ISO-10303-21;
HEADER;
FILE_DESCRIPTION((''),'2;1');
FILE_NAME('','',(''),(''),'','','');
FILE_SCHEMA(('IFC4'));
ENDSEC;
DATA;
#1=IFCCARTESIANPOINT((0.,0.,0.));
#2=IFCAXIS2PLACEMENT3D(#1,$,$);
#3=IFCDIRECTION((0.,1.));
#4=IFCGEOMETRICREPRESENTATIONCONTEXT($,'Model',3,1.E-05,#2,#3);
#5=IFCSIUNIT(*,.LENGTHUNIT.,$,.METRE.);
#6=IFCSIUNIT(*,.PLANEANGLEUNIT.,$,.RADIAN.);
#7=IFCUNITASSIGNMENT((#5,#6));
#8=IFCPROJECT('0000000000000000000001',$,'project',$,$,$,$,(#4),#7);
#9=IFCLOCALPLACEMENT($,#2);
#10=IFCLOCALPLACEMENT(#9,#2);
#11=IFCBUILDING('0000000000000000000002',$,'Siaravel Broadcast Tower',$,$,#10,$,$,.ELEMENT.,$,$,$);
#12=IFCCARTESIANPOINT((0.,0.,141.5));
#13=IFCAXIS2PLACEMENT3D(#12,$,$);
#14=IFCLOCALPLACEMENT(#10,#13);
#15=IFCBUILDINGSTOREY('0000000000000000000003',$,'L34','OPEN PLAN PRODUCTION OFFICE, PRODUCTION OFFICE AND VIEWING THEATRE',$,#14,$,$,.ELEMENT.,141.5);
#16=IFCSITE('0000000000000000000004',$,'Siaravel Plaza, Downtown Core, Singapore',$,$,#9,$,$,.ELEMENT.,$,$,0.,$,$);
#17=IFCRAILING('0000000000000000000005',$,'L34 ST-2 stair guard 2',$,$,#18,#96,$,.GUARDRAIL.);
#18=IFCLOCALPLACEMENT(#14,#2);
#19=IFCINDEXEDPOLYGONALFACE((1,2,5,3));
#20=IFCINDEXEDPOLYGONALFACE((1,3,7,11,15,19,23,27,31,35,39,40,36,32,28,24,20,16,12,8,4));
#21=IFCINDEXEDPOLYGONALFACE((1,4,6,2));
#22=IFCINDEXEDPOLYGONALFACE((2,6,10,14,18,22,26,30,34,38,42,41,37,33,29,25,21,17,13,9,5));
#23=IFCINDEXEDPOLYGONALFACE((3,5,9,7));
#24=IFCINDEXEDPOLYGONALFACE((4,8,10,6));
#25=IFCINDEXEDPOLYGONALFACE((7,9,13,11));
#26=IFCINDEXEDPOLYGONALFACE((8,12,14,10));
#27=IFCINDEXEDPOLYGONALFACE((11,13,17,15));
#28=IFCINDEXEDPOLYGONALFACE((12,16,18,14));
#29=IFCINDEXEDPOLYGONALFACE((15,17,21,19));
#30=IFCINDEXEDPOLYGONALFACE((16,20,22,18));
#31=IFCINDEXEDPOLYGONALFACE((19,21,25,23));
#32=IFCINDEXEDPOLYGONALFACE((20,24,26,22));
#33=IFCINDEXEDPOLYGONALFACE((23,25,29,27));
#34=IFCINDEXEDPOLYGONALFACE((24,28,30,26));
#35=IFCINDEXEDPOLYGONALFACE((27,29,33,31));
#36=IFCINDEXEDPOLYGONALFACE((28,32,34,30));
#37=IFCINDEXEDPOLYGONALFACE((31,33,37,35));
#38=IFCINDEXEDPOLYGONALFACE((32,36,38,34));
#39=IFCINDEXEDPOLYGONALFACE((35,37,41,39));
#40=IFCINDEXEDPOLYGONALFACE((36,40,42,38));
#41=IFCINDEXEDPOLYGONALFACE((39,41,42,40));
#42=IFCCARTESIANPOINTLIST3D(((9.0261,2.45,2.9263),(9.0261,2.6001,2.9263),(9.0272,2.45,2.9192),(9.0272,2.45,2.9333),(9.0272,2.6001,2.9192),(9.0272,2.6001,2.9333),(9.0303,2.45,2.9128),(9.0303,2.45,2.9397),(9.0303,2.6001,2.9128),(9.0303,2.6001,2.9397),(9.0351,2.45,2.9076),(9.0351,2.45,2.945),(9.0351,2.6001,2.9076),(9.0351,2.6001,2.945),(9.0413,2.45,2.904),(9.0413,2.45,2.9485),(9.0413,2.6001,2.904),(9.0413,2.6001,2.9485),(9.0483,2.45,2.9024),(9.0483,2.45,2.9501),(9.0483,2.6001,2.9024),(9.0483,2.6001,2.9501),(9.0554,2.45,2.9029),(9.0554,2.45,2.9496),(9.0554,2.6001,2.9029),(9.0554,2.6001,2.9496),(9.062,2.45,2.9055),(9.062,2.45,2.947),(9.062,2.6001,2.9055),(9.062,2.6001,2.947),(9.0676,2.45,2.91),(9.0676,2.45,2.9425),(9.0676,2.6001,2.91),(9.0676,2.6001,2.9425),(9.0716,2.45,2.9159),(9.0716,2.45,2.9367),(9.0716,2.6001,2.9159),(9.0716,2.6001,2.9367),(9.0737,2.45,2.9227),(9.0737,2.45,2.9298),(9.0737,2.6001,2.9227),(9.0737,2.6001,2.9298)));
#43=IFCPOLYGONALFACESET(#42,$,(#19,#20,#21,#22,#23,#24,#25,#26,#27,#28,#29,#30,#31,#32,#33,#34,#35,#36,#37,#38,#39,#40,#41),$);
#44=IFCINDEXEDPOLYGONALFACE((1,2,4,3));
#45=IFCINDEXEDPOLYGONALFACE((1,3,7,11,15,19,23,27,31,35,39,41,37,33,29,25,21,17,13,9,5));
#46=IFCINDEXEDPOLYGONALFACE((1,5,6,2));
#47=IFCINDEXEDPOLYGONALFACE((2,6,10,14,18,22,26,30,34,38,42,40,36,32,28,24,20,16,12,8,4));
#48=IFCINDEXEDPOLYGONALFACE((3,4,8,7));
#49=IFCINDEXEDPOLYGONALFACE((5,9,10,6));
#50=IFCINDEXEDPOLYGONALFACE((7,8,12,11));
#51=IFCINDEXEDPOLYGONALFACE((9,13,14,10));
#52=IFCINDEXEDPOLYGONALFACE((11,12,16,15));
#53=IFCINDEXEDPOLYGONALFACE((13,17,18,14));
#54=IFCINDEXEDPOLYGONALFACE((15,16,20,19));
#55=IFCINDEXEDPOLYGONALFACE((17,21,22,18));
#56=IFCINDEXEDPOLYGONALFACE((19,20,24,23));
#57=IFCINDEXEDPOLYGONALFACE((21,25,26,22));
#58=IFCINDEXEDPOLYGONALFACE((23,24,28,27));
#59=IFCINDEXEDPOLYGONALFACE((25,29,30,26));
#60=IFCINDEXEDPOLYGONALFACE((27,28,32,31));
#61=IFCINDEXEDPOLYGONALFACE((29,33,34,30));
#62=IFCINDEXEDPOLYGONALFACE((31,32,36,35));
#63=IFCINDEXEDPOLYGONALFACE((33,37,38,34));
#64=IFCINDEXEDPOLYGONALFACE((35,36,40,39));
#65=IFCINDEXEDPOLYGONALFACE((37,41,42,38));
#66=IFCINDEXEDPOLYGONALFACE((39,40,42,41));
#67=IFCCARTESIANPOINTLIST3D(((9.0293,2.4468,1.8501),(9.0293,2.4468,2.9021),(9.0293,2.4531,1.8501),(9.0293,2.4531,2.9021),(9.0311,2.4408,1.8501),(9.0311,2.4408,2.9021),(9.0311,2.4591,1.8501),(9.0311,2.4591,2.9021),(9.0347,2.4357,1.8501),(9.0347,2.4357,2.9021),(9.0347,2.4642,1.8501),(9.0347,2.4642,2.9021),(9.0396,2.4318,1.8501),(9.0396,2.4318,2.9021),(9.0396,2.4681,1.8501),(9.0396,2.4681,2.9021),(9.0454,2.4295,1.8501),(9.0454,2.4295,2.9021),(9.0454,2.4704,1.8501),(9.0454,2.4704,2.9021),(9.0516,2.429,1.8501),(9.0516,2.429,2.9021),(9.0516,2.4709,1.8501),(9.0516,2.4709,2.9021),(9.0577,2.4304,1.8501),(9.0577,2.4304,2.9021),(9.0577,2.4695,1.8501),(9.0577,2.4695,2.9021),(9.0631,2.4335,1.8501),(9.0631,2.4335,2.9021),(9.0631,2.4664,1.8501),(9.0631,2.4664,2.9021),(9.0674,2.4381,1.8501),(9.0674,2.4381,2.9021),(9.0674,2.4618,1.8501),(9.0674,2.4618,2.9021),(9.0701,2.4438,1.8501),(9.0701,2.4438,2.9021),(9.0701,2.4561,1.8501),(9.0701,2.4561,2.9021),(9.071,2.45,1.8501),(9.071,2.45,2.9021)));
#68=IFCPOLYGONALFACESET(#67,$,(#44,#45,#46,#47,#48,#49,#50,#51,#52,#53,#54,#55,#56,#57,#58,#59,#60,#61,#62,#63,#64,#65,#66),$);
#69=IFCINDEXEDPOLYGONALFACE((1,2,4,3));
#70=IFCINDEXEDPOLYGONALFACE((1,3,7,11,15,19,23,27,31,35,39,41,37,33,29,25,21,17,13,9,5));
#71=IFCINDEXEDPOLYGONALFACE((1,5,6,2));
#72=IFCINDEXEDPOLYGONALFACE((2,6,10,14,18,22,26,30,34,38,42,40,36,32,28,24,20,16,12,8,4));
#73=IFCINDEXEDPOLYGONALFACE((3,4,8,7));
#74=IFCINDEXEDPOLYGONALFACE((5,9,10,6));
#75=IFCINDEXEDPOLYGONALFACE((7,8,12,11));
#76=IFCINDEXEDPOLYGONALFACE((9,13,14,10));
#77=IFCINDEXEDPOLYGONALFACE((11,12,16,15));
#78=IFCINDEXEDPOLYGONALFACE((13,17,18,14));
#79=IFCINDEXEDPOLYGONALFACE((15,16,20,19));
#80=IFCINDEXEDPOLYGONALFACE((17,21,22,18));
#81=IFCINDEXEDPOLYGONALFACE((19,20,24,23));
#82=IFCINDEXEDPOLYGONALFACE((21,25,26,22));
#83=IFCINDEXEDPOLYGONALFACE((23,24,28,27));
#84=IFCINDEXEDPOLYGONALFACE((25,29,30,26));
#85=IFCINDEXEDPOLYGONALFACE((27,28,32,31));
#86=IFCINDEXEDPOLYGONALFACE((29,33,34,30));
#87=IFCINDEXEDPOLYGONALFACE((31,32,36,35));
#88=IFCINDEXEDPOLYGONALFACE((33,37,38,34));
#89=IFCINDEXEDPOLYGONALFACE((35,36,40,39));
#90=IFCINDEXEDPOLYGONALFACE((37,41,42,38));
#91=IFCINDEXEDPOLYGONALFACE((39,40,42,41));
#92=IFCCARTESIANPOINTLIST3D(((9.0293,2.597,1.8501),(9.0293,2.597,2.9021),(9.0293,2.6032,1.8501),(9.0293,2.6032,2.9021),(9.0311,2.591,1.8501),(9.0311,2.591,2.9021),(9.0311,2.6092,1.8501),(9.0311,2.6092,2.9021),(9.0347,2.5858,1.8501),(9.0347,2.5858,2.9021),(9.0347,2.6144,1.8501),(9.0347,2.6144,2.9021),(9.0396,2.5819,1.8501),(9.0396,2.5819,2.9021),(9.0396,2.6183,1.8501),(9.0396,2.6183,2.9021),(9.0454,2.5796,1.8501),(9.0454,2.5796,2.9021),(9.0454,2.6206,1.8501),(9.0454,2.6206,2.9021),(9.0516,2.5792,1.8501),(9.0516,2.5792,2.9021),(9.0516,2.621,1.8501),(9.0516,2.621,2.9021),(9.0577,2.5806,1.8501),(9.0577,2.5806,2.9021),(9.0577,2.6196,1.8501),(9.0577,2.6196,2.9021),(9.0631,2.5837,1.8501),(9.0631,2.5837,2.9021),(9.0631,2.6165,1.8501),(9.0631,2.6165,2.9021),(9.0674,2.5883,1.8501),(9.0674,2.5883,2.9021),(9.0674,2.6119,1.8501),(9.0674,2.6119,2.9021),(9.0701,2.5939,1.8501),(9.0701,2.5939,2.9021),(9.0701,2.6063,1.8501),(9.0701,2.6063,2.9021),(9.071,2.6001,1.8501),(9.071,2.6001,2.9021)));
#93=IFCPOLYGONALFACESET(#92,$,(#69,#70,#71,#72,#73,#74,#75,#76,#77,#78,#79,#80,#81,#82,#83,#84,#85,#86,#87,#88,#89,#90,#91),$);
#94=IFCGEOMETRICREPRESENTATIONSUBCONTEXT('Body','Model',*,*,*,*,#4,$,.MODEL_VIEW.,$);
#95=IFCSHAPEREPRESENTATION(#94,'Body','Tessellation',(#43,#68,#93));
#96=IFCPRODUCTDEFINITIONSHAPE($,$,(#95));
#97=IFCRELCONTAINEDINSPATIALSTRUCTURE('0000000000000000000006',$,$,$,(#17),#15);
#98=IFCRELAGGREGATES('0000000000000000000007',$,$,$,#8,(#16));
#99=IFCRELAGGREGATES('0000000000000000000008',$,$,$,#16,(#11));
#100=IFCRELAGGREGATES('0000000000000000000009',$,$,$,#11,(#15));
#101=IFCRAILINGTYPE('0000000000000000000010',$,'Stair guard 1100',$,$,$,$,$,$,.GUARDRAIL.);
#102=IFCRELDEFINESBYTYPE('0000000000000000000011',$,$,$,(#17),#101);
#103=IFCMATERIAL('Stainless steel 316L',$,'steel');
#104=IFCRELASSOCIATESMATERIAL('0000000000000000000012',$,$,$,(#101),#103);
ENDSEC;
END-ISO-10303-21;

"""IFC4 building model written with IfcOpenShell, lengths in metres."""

from ifc_helpers import new_model, si_unit, direction, frame, origin, origin_2d, place, context, subcontext, project, spatial, circle, extrude, material, type_object, element, save


model = new_model("IFC4")

# Units and contexts
model_context = context("Model", 3, precision=1e-05, world=origin(), true_north=direction((0.0, 1.0)))
body_context = subcontext(model_context, "Body", "Model", "MODEL_VIEW")
ifc_project = project(units=[si_unit("LENGTHUNIT", "METRE"), si_unit("PLANEANGLEUNIT", "RADIAN")], contexts=[model_context])

# Site, building, storey
site_placement = place(None, origin())
site = spatial("IfcSite", under=ifc_project, at=site_placement, Name="Siaravel Plaza, Downtown Core, Singapore", CompositionType="ELEMENT", RefElevation=0.0)
building_placement = place(site_placement, origin())
building = spatial("IfcBuilding", under=site, at=building_placement, Name="Siaravel Broadcast Tower", CompositionType="ELEMENT")
storey_placement = place(building_placement, frame((0.0, 0.0, 141.5)))
storey = spatial("IfcBuildingStorey", under=building, at=storey_placement, Name="L34", Description="OPEN PLAN PRODUCTION OFFICE, PRODUCTION OFFICE AND VIEWING THEATRE", CompositionType="ELEMENT", Elevation=141.5)

# Railing
ifc_material_1 = material(Name="Stainless steel 316L", Category="steel")
railing_type_1 = type_object("IfcRailingType", Name="Stair guard 1100", PredefinedType="GUARDRAIL", material=ifc_material_1)
railing_1_placement = place(storey_placement, frame((9.05, 2.45, 1.8501)))
element("IfcRailing", 1, at=railing_1_placement, inside=storey, type_object=railing_type_1, Name="L34 ST-2 stair guard 2", PredefinedType="GUARDRAIL", context=body_context, shape_type="SweptSolid", body=[
    extrude(circle(Radius=0.0239, at=origin_2d()), frame((0.0, 0.0, 1.0762), z_axis=(0.0, 1.0, 0.0), x_axis=(-1.0, 0.0, 0.0)), (0.0, 0.0, 1.0), 0.1501),
    extrude(circle(Radius=0.021, at=origin_2d()), origin(), (0.0, 0.0, 1.0), 1.052),
    extrude(circle(Radius=0.021, at=origin_2d()), frame((0.0, 0.1501, 0.0)), (0.0, 0.0, 1.0), 1.052),
])

save(model, "model.ifc")
